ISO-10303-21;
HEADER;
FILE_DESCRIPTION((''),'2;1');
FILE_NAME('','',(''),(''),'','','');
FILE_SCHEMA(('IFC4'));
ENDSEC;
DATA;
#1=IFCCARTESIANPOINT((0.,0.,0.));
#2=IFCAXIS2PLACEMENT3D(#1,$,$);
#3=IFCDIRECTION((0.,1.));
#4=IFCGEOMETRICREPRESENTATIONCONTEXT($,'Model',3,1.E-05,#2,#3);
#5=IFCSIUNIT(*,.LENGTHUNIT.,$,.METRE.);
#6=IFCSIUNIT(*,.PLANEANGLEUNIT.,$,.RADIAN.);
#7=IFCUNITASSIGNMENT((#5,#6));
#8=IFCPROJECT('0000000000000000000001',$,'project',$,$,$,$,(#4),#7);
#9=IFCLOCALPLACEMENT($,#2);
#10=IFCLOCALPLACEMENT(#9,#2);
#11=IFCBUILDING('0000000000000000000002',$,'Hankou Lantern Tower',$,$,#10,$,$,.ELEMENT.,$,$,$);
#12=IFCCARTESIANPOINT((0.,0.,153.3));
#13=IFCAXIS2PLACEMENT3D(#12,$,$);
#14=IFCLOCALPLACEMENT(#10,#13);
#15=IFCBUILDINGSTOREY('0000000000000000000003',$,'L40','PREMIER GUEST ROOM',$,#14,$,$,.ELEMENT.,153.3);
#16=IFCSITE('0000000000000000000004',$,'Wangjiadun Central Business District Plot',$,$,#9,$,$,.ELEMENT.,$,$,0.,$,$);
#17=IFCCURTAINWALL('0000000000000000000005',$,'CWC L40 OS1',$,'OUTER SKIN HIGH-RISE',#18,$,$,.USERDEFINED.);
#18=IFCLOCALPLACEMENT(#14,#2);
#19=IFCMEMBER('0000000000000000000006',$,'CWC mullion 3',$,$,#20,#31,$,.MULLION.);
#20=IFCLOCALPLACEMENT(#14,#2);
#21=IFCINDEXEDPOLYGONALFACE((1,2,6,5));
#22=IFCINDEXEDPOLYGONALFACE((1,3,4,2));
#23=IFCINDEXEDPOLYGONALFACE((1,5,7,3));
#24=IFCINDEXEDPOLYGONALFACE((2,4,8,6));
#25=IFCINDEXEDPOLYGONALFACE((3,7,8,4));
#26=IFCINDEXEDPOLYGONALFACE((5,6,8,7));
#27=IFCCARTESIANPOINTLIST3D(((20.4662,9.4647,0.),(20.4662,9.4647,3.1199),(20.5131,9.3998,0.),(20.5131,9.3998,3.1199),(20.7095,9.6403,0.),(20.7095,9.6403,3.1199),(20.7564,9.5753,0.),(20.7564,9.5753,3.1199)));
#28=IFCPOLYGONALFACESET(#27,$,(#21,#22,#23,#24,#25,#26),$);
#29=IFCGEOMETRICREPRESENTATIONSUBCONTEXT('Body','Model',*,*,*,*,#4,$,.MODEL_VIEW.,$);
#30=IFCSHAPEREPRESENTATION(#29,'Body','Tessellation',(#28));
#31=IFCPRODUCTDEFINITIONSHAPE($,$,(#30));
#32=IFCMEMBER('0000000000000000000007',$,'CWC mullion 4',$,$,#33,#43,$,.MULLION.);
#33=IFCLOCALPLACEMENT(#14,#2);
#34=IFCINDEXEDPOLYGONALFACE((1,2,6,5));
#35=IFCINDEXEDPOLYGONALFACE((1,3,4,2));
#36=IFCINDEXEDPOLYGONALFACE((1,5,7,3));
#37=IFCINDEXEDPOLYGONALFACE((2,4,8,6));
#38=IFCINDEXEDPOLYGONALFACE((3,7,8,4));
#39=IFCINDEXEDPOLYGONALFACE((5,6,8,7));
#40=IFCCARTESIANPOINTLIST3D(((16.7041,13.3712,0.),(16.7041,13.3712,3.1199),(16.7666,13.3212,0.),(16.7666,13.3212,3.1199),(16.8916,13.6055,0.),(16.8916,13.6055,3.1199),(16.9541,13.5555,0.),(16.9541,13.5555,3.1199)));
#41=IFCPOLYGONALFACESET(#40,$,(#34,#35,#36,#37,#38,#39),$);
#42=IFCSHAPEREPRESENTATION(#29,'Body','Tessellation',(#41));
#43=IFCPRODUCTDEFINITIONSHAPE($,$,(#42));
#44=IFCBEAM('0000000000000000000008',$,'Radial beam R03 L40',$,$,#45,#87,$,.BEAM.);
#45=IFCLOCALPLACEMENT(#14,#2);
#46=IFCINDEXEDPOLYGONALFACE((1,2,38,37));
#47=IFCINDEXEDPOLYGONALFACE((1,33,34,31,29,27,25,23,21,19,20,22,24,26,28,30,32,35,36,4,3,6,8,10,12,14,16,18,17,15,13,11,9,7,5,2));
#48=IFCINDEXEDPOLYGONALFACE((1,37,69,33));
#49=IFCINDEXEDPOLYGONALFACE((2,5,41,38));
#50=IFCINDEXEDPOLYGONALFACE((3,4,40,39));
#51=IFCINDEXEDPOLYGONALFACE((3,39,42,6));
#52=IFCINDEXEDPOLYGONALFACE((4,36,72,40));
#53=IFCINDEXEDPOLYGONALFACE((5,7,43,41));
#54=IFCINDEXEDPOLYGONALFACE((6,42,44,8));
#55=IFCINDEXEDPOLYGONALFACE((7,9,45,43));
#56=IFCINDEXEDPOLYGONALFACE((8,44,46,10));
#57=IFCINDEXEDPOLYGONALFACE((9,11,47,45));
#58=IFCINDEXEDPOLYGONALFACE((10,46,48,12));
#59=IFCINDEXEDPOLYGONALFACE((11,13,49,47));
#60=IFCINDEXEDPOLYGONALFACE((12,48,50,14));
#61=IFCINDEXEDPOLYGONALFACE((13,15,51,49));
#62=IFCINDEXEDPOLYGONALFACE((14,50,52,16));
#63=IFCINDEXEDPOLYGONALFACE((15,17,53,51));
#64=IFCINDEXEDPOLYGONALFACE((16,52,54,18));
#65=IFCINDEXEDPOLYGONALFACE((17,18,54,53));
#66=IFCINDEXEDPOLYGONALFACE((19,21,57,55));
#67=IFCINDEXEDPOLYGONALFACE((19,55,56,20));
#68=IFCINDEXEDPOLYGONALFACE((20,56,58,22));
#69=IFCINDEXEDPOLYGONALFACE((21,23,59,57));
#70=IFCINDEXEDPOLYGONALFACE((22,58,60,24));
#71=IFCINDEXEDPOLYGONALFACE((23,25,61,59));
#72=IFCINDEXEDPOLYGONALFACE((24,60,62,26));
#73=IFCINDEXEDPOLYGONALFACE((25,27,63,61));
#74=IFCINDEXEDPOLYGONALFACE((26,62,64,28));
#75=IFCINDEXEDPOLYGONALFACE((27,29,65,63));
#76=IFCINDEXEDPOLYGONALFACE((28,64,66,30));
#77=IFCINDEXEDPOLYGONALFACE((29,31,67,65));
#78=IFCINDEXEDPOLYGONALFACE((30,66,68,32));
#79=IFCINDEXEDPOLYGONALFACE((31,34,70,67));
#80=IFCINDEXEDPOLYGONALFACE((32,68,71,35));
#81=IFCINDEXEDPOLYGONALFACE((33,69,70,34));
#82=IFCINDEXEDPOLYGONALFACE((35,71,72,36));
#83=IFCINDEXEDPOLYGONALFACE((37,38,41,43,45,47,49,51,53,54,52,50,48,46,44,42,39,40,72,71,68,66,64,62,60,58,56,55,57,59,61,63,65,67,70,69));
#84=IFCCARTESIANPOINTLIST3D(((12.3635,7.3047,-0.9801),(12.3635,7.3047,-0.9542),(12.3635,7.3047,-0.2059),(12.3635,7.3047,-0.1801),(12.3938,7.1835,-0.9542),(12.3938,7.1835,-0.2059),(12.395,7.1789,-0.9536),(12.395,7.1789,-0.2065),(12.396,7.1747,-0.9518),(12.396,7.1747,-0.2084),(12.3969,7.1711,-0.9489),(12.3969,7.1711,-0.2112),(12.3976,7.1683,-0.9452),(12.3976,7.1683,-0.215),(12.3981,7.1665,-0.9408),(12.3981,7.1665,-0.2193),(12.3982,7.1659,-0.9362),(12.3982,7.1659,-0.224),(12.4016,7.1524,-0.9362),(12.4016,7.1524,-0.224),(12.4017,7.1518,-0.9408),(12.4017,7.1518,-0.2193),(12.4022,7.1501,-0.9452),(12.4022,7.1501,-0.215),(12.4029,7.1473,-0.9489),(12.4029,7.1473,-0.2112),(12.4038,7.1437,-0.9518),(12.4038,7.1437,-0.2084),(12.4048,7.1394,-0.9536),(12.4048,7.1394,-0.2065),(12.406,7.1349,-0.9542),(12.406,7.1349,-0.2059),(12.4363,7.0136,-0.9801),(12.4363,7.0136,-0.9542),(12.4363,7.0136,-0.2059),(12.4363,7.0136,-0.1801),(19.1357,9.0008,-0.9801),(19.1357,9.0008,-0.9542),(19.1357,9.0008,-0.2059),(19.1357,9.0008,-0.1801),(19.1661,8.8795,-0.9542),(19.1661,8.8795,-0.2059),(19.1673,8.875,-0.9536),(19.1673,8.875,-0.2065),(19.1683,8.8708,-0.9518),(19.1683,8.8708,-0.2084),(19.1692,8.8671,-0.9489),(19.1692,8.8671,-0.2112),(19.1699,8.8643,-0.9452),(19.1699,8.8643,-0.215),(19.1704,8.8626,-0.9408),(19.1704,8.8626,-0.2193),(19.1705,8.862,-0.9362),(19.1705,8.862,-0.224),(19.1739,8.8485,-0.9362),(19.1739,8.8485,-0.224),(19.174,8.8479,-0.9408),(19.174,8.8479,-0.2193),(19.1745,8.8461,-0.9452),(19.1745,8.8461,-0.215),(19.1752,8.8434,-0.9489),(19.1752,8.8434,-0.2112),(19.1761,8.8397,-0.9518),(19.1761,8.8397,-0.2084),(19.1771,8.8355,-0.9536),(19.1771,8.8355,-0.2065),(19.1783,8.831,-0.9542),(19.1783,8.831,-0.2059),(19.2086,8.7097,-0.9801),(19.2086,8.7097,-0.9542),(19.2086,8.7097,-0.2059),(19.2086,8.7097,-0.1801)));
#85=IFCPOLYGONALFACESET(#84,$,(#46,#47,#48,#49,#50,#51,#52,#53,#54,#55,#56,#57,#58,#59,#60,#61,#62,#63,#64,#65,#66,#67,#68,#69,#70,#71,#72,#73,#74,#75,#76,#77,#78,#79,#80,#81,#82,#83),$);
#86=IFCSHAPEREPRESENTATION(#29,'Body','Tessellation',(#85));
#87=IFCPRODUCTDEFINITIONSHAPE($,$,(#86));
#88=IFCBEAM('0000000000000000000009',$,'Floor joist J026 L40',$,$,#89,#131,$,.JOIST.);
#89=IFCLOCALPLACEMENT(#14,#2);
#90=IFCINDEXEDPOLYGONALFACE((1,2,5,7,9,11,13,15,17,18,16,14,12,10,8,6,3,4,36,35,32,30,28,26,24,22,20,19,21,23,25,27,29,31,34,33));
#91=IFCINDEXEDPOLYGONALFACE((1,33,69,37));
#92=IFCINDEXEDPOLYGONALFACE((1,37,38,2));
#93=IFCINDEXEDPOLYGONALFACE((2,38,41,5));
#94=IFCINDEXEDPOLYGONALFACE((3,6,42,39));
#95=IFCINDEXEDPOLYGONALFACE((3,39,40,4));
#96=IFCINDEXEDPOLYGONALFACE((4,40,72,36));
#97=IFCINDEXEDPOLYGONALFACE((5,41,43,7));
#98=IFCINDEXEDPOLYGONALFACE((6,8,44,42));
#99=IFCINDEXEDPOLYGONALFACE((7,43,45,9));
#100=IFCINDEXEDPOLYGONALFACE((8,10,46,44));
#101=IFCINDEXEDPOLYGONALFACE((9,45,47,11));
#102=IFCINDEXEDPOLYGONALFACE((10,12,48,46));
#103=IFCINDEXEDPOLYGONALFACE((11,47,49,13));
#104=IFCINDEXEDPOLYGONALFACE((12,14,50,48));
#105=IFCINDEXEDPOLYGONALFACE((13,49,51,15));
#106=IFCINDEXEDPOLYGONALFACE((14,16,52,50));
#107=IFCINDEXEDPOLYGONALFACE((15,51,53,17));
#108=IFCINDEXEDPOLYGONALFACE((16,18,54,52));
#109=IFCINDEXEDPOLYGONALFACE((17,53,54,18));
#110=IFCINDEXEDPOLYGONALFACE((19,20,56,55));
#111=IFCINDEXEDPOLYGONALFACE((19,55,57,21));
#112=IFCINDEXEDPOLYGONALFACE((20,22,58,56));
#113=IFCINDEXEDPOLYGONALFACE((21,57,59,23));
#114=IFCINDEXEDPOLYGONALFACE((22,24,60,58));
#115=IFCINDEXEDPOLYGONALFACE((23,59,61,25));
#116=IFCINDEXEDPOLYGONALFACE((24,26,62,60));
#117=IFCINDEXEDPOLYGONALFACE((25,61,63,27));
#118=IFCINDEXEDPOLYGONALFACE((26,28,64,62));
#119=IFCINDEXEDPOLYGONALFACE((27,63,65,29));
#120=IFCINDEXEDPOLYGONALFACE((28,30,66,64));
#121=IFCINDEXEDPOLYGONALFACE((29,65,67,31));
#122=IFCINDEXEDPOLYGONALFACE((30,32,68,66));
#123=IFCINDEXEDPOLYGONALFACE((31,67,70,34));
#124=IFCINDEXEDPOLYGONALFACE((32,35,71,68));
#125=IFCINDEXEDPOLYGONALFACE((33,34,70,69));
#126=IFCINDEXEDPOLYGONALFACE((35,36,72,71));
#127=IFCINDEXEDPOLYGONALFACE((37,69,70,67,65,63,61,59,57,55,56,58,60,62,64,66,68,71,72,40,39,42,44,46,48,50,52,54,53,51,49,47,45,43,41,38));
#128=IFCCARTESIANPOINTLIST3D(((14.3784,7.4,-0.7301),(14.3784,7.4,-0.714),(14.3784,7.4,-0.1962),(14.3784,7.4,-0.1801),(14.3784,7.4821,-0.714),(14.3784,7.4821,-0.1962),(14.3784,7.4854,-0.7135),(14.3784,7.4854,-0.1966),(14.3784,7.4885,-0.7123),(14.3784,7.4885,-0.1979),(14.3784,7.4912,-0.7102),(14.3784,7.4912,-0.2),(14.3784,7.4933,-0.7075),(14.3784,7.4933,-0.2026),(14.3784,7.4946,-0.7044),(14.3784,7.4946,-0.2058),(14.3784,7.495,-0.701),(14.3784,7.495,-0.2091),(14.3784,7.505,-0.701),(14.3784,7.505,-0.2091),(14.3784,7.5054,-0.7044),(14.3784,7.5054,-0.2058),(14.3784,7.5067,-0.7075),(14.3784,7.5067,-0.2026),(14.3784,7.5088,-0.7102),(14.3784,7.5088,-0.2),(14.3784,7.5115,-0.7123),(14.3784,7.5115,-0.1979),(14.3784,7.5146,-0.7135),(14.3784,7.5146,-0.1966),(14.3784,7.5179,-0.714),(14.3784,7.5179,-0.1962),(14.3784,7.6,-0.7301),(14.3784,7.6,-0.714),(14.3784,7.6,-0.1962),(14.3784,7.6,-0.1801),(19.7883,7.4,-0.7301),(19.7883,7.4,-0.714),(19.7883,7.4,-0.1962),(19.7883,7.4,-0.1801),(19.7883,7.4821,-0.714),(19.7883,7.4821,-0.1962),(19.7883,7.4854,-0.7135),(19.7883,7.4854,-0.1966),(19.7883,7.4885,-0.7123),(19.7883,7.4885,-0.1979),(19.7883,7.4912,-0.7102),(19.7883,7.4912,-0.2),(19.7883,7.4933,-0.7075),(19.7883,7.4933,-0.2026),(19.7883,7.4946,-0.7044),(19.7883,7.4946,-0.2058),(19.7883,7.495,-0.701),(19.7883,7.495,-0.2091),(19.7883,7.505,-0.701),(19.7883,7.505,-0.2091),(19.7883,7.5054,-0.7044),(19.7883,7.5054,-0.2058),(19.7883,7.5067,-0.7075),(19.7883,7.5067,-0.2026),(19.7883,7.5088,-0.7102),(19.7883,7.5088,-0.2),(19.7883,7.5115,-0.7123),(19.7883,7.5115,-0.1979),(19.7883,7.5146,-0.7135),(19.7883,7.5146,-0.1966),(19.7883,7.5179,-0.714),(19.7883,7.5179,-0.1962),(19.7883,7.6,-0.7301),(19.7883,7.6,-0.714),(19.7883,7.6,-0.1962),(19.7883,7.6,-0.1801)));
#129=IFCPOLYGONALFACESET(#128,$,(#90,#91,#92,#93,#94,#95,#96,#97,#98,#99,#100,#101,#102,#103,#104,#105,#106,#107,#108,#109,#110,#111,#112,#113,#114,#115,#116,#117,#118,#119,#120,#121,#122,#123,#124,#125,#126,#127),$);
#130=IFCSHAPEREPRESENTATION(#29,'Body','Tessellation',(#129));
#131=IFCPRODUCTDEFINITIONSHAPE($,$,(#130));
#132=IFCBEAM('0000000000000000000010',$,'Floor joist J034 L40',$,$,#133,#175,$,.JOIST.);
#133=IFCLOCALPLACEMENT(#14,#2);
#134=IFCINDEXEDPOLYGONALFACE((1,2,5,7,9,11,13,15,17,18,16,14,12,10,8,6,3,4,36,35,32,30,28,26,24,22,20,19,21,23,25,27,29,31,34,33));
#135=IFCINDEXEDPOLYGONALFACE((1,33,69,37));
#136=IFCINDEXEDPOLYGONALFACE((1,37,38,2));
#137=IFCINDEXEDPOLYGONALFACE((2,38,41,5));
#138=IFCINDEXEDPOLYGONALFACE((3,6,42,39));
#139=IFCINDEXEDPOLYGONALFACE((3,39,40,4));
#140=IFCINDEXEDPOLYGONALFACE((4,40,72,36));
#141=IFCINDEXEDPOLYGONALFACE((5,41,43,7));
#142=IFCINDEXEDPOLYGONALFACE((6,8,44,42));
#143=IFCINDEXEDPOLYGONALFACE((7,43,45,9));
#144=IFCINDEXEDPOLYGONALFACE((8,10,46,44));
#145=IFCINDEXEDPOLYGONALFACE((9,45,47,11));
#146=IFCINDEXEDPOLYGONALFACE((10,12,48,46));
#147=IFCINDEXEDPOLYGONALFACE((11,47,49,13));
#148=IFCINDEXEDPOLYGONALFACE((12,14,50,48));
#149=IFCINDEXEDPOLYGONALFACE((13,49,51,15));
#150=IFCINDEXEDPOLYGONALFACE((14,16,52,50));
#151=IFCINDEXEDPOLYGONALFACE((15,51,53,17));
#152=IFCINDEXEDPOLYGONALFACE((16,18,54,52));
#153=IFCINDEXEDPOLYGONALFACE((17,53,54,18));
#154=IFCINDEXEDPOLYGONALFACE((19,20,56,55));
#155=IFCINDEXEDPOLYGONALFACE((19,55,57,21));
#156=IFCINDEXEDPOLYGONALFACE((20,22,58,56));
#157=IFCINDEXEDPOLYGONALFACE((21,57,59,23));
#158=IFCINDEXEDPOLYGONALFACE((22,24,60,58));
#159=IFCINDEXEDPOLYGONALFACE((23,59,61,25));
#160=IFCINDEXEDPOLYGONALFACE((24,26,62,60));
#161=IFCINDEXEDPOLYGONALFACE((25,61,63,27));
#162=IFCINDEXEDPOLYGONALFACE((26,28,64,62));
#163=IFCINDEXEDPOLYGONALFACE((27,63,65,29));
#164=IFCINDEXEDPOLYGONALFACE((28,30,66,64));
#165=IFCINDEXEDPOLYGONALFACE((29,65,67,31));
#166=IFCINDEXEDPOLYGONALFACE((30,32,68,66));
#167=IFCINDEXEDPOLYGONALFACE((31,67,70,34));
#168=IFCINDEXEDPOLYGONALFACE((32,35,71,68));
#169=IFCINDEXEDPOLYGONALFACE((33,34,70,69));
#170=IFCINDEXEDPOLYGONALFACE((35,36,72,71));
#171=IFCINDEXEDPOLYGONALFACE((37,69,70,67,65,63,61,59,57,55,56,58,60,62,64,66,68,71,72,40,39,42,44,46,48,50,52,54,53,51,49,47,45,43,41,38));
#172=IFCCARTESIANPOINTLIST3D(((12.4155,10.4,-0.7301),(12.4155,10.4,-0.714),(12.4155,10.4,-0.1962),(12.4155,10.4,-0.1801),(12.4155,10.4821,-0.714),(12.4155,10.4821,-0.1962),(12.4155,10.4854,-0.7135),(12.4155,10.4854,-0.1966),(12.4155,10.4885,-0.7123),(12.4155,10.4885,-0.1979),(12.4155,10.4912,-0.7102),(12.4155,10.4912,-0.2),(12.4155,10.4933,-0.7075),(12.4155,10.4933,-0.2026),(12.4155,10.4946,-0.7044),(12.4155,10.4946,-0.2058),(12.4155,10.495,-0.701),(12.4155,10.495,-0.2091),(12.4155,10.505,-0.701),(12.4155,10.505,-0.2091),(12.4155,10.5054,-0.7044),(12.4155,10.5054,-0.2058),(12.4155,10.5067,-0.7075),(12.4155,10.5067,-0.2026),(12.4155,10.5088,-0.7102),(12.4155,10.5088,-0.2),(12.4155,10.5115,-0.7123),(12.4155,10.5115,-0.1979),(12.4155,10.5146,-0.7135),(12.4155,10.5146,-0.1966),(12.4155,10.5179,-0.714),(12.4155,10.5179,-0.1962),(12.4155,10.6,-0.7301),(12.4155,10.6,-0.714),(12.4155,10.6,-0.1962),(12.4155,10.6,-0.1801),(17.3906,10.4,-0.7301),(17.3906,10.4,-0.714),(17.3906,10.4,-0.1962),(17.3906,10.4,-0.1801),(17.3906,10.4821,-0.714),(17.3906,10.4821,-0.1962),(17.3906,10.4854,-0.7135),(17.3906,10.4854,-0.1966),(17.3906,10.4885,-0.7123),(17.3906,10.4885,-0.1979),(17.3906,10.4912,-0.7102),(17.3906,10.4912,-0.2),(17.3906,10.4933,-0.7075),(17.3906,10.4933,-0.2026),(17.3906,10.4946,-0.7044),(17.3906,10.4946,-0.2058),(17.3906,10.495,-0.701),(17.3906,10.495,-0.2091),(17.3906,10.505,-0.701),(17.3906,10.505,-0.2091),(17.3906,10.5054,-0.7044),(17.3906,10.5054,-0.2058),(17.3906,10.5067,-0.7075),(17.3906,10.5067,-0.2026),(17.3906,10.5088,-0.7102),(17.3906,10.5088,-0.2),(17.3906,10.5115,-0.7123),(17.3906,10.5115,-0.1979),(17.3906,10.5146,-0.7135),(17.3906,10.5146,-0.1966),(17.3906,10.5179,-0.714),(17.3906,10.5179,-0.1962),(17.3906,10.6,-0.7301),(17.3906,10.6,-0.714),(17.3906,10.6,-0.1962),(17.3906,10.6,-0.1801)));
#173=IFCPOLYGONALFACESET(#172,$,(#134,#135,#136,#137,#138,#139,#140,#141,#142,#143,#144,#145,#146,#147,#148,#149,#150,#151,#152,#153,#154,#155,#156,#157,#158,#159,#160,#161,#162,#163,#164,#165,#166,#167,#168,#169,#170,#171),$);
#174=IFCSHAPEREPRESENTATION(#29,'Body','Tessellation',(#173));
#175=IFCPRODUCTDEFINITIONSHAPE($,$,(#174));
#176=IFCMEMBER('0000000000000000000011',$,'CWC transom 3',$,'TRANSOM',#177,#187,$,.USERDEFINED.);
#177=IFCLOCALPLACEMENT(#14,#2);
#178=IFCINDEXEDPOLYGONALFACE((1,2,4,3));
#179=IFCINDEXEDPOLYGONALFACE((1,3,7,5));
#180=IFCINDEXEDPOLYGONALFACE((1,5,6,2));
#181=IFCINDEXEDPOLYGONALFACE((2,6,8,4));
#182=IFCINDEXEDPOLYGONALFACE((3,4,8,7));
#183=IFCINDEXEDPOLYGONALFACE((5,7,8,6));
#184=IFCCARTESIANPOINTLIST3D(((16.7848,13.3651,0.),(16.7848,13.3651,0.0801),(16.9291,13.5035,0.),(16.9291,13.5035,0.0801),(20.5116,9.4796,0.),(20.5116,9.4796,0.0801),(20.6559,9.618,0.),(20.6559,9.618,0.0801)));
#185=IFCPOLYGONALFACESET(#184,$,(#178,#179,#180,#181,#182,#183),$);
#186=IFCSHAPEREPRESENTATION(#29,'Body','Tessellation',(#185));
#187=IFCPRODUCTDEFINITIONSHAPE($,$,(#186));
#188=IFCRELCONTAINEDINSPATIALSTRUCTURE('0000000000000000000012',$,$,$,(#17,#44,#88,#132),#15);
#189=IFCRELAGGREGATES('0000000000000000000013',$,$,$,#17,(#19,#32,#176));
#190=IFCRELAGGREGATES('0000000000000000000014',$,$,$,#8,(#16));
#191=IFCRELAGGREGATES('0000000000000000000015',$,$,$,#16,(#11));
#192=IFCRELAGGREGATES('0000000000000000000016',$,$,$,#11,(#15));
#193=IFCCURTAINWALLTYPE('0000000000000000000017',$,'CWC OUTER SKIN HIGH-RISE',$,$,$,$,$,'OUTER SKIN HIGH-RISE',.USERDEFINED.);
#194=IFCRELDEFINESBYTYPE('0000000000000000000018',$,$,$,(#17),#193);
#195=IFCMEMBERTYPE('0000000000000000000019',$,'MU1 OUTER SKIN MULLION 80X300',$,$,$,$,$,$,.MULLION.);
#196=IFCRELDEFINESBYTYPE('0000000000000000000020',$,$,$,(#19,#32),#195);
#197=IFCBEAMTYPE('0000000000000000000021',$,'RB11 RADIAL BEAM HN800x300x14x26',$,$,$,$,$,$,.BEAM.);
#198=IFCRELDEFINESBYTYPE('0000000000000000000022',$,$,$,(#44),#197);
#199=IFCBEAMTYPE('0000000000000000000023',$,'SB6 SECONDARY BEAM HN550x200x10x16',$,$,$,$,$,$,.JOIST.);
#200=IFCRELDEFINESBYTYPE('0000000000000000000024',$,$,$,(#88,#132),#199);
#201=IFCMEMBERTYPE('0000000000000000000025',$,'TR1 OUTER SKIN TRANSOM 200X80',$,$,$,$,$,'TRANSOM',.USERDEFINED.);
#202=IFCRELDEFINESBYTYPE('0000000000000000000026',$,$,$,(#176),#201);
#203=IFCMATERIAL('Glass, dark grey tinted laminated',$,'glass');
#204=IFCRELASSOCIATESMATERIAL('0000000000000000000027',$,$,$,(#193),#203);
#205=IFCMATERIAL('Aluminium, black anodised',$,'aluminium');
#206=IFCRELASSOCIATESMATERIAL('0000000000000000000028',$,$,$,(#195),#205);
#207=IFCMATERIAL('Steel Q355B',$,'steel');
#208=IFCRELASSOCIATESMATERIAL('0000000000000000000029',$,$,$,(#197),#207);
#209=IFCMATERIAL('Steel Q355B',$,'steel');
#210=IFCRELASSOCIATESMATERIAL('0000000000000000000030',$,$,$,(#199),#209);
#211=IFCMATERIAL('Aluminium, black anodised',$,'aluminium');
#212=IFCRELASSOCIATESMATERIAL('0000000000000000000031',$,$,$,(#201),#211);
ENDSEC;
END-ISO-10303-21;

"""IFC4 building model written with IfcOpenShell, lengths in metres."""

from ifc_helpers import new_model, si_unit, direction, frame, origin, origin_2d, place, context, subcontext, project, spatial, rectangle, i_section, extrude, material, material_profile, profile_set, type_object, element, aggregate, save


model = new_model("IFC4")

# Units and contexts
model_context = context("Model", 3, precision=1e-05, world=origin(), true_north=direction((0.0, 1.0)))
body_context = subcontext(model_context, "Body", "Model", "MODEL_VIEW")
ifc_project = project(units=[si_unit("LENGTHUNIT", "METRE"), si_unit("PLANEANGLEUNIT", "RADIAN")], contexts=[model_context])

# Site, building, storey
site_placement = place(None, origin())
site = spatial("IfcSite", under=ifc_project, at=site_placement, Name="Wangjiadun Central Business District Plot", CompositionType="ELEMENT", RefElevation=0.0)
building_placement = place(site_placement, origin())
building = spatial("IfcBuilding", under=site, at=building_placement, Name="Hankou Lantern Tower", CompositionType="ELEMENT")
storey_placement = place(building_placement, frame((0.0, 0.0, 153.3)))
storey = spatial("IfcBuildingStorey", under=building, at=storey_placement, Name="L40", Description="PREMIER GUEST ROOM", CompositionType="ELEMENT", Elevation=153.3)

# Curtain wall, members
ifc_material_1 = material(Name="Glass, dark grey tinted laminated", Category="glass")
curtain_wall_type = type_object("IfcCurtainWallType", Name="CWC OUTER SKIN HIGH-RISE", ElementType="OUTER SKIN HIGH-RISE", PredefinedType="USERDEFINED", material=ifc_material_1)
curtain_wall_placement = place(storey_placement, origin())
curtain_wall = element("IfcCurtainWall", 1, at=curtain_wall_placement, inside=storey, type_object=curtain_wall_type, Name="CWC L40 OS1", ObjectType="OUTER SKIN HIGH-RISE", PredefinedType="USERDEFINED")
ifc_material_2 = material(Name="Aluminium, black anodised", Category="aluminium")
ifc_material_profile_1 = material_profile(ifc_material_2, rectangle(XDim=0.0801, YDim=0.3, at=origin_2d()), Name="MU1 80X300")
ifc_profile_set_1 = profile_set([ifc_material_profile_1], Name="Aluminium, black anodised")
member_type_1 = type_object("IfcMemberType", Name="MU1 OUTER SKIN MULLION 80X300", PredefinedType="MULLION", material=ifc_profile_set_1)
member_1_placement = place(storey_placement, frame((20.6113, 9.52, 0.0), z_axis=(0.0, 0.0, 1.0), x_axis=(-0.585206, 0.810885, 0.0)))
member_1 = element("IfcMember", 2, at=member_1_placement, type_object=member_type_1, Name="CWC mullion 3", PredefinedType="MULLION", context=body_context, shape_type="SweptSolid", body=[
    extrude(rectangle(XDim=0.0801, YDim=0.3, at=origin_2d()), origin(), (0.0, 0.0, 1.0), 3.1199),
])
member_2_placement = place(storey_placement, frame((16.8291, 13.4634, 0.0), z_axis=(0.0, 0.0, 1.0), x_axis=(-0.780869, 0.624695, 0.0)))
member_2 = element("IfcMember", 3, at=member_2_placement, type_object=member_type_1, Name="CWC mullion 4", PredefinedType="MULLION", context=body_context, shape_type="SweptSolid", body=[
    extrude(rectangle(XDim=0.0801, YDim=0.3, at=origin_2d()), origin(), (0.0, 0.0, 1.0), 3.1199),
])

# Beams
ifc_material_3 = material(Name="Steel Q355B", Category="steel")
ifc_material_profile_2 = material_profile(ifc_material_3, i_section(OverallWidth=0.3, OverallDepth=0.8, WebThickness=0.0139, FlangeThickness=0.0259, FilletRadius=0.0181, at=origin_2d()), Name="HN800x300x14x26")
ifc_profile_set_2 = profile_set([ifc_material_profile_2], Name="Steel Q355B")
beam_type_1 = type_object("IfcBeamType", Name="RB11 RADIAL BEAM HN800x300x14x26", PredefinedType="BEAM", material=ifc_profile_set_2)
beam_1_placement = place(storey_placement, frame((12.3999, 7.1592, -0.5801), z_axis=(0.970042, 0.242939, 0.0), x_axis=(-0.242939, 0.970042, 0.0)))
element("IfcBeam", 4, at=beam_1_placement, inside=storey, type_object=beam_type_1, Name="Radial beam R03 L40", PredefinedType="BEAM", context=body_context, shape_type="SweptSolid", body=[
    extrude(i_section(OverallWidth=0.3, OverallDepth=0.8, WebThickness=0.0139, FlangeThickness=0.0259, FilletRadius=0.0181, at=origin_2d()), origin(), (0.0, 0.0, 1.0), 6.9814),
])
ifc_material_4 = material(Name="Steel Q355B", Category="steel")
ifc_material_profile_3 = material_profile(ifc_material_4, i_section(OverallWidth=0.2, OverallDepth=0.55, WebThickness=0.01, FlangeThickness=0.0161, FilletRadius=0.0129, at=origin_2d()), Name="HN550x200x10x16")
ifc_profile_set_3 = profile_set([ifc_material_profile_3], Name="Steel Q355B")
beam_type_2 = type_object("IfcBeamType", Name="SB6 SECONDARY BEAM HN550x200x10x16", PredefinedType="JOIST", material=ifc_profile_set_3)
beam_2_placement = place(storey_placement, frame((14.3784, 7.5, -0.4551), z_axis=(1.0, 0.0, 0.0), x_axis=(0.0, 1.0, 0.0)))
element("IfcBeam", 5, at=beam_2_placement, inside=storey, type_object=beam_type_2, Name="Floor joist J026 L40", PredefinedType="JOIST", context=body_context, shape_type="SweptSolid", body=[
    extrude(i_section(OverallWidth=0.2, OverallDepth=0.55, WebThickness=0.01, FlangeThickness=0.0161, FilletRadius=0.0129, at=origin_2d()), origin(), (0.0, 0.0, 1.0), 5.4099),
])
beam_3_placement = place(storey_placement, frame((12.4155, 10.5, -0.4551), z_axis=(1.0, 0.0, 0.0), x_axis=(0.0, 1.0, 0.0)))
element("IfcBeam", 6, at=beam_3_placement, inside=storey, type_object=beam_type_2, Name="Floor joist J034 L40", PredefinedType="JOIST", context=body_context, shape_type="SweptSolid", body=[
    extrude(i_section(OverallWidth=0.2, OverallDepth=0.55, WebThickness=0.01, FlangeThickness=0.0161, FilletRadius=0.0129, at=origin_2d()), origin(), (0.0, 0.0, 1.0), 4.9751),
])

# Member
ifc_material_5 = material(Name="Aluminium, black anodised", Category="aluminium")
ifc_material_profile_4 = material_profile(ifc_material_5, rectangle(XDim=0.2, YDim=0.0801, at=origin_2d()), Name="TR1 200X80")
ifc_profile_set_4 = profile_set([ifc_material_profile_4], Name="Aluminium, black anodised")
member_type_2 = type_object("IfcMemberType", Name="TR1 OUTER SKIN TRANSOM 200X80", ElementType="TRANSOM", PredefinedType="USERDEFINED", material=ifc_profile_set_4)
member_3_placement = place(storey_placement, frame((20.5837, 9.5488, 0.04), z_axis=(-0.692216, 0.721691, 0.0), x_axis=(-0.721691, -0.692216, 0.0)))
member_3 = element("IfcMember", 7, at=member_3_placement, type_object=member_type_2, Name="CWC transom 3", ObjectType="TRANSOM", PredefinedType="USERDEFINED", context=body_context, shape_type="SweptSolid", body=[
    extrude(rectangle(XDim=0.2, YDim=0.0801, at=origin_2d()), origin(), (0.0, 0.0, 1.0), 5.3838),
])

aggregate(curtain_wall, [member_1, member_2, member_3])

save(model, "model.ifc")
